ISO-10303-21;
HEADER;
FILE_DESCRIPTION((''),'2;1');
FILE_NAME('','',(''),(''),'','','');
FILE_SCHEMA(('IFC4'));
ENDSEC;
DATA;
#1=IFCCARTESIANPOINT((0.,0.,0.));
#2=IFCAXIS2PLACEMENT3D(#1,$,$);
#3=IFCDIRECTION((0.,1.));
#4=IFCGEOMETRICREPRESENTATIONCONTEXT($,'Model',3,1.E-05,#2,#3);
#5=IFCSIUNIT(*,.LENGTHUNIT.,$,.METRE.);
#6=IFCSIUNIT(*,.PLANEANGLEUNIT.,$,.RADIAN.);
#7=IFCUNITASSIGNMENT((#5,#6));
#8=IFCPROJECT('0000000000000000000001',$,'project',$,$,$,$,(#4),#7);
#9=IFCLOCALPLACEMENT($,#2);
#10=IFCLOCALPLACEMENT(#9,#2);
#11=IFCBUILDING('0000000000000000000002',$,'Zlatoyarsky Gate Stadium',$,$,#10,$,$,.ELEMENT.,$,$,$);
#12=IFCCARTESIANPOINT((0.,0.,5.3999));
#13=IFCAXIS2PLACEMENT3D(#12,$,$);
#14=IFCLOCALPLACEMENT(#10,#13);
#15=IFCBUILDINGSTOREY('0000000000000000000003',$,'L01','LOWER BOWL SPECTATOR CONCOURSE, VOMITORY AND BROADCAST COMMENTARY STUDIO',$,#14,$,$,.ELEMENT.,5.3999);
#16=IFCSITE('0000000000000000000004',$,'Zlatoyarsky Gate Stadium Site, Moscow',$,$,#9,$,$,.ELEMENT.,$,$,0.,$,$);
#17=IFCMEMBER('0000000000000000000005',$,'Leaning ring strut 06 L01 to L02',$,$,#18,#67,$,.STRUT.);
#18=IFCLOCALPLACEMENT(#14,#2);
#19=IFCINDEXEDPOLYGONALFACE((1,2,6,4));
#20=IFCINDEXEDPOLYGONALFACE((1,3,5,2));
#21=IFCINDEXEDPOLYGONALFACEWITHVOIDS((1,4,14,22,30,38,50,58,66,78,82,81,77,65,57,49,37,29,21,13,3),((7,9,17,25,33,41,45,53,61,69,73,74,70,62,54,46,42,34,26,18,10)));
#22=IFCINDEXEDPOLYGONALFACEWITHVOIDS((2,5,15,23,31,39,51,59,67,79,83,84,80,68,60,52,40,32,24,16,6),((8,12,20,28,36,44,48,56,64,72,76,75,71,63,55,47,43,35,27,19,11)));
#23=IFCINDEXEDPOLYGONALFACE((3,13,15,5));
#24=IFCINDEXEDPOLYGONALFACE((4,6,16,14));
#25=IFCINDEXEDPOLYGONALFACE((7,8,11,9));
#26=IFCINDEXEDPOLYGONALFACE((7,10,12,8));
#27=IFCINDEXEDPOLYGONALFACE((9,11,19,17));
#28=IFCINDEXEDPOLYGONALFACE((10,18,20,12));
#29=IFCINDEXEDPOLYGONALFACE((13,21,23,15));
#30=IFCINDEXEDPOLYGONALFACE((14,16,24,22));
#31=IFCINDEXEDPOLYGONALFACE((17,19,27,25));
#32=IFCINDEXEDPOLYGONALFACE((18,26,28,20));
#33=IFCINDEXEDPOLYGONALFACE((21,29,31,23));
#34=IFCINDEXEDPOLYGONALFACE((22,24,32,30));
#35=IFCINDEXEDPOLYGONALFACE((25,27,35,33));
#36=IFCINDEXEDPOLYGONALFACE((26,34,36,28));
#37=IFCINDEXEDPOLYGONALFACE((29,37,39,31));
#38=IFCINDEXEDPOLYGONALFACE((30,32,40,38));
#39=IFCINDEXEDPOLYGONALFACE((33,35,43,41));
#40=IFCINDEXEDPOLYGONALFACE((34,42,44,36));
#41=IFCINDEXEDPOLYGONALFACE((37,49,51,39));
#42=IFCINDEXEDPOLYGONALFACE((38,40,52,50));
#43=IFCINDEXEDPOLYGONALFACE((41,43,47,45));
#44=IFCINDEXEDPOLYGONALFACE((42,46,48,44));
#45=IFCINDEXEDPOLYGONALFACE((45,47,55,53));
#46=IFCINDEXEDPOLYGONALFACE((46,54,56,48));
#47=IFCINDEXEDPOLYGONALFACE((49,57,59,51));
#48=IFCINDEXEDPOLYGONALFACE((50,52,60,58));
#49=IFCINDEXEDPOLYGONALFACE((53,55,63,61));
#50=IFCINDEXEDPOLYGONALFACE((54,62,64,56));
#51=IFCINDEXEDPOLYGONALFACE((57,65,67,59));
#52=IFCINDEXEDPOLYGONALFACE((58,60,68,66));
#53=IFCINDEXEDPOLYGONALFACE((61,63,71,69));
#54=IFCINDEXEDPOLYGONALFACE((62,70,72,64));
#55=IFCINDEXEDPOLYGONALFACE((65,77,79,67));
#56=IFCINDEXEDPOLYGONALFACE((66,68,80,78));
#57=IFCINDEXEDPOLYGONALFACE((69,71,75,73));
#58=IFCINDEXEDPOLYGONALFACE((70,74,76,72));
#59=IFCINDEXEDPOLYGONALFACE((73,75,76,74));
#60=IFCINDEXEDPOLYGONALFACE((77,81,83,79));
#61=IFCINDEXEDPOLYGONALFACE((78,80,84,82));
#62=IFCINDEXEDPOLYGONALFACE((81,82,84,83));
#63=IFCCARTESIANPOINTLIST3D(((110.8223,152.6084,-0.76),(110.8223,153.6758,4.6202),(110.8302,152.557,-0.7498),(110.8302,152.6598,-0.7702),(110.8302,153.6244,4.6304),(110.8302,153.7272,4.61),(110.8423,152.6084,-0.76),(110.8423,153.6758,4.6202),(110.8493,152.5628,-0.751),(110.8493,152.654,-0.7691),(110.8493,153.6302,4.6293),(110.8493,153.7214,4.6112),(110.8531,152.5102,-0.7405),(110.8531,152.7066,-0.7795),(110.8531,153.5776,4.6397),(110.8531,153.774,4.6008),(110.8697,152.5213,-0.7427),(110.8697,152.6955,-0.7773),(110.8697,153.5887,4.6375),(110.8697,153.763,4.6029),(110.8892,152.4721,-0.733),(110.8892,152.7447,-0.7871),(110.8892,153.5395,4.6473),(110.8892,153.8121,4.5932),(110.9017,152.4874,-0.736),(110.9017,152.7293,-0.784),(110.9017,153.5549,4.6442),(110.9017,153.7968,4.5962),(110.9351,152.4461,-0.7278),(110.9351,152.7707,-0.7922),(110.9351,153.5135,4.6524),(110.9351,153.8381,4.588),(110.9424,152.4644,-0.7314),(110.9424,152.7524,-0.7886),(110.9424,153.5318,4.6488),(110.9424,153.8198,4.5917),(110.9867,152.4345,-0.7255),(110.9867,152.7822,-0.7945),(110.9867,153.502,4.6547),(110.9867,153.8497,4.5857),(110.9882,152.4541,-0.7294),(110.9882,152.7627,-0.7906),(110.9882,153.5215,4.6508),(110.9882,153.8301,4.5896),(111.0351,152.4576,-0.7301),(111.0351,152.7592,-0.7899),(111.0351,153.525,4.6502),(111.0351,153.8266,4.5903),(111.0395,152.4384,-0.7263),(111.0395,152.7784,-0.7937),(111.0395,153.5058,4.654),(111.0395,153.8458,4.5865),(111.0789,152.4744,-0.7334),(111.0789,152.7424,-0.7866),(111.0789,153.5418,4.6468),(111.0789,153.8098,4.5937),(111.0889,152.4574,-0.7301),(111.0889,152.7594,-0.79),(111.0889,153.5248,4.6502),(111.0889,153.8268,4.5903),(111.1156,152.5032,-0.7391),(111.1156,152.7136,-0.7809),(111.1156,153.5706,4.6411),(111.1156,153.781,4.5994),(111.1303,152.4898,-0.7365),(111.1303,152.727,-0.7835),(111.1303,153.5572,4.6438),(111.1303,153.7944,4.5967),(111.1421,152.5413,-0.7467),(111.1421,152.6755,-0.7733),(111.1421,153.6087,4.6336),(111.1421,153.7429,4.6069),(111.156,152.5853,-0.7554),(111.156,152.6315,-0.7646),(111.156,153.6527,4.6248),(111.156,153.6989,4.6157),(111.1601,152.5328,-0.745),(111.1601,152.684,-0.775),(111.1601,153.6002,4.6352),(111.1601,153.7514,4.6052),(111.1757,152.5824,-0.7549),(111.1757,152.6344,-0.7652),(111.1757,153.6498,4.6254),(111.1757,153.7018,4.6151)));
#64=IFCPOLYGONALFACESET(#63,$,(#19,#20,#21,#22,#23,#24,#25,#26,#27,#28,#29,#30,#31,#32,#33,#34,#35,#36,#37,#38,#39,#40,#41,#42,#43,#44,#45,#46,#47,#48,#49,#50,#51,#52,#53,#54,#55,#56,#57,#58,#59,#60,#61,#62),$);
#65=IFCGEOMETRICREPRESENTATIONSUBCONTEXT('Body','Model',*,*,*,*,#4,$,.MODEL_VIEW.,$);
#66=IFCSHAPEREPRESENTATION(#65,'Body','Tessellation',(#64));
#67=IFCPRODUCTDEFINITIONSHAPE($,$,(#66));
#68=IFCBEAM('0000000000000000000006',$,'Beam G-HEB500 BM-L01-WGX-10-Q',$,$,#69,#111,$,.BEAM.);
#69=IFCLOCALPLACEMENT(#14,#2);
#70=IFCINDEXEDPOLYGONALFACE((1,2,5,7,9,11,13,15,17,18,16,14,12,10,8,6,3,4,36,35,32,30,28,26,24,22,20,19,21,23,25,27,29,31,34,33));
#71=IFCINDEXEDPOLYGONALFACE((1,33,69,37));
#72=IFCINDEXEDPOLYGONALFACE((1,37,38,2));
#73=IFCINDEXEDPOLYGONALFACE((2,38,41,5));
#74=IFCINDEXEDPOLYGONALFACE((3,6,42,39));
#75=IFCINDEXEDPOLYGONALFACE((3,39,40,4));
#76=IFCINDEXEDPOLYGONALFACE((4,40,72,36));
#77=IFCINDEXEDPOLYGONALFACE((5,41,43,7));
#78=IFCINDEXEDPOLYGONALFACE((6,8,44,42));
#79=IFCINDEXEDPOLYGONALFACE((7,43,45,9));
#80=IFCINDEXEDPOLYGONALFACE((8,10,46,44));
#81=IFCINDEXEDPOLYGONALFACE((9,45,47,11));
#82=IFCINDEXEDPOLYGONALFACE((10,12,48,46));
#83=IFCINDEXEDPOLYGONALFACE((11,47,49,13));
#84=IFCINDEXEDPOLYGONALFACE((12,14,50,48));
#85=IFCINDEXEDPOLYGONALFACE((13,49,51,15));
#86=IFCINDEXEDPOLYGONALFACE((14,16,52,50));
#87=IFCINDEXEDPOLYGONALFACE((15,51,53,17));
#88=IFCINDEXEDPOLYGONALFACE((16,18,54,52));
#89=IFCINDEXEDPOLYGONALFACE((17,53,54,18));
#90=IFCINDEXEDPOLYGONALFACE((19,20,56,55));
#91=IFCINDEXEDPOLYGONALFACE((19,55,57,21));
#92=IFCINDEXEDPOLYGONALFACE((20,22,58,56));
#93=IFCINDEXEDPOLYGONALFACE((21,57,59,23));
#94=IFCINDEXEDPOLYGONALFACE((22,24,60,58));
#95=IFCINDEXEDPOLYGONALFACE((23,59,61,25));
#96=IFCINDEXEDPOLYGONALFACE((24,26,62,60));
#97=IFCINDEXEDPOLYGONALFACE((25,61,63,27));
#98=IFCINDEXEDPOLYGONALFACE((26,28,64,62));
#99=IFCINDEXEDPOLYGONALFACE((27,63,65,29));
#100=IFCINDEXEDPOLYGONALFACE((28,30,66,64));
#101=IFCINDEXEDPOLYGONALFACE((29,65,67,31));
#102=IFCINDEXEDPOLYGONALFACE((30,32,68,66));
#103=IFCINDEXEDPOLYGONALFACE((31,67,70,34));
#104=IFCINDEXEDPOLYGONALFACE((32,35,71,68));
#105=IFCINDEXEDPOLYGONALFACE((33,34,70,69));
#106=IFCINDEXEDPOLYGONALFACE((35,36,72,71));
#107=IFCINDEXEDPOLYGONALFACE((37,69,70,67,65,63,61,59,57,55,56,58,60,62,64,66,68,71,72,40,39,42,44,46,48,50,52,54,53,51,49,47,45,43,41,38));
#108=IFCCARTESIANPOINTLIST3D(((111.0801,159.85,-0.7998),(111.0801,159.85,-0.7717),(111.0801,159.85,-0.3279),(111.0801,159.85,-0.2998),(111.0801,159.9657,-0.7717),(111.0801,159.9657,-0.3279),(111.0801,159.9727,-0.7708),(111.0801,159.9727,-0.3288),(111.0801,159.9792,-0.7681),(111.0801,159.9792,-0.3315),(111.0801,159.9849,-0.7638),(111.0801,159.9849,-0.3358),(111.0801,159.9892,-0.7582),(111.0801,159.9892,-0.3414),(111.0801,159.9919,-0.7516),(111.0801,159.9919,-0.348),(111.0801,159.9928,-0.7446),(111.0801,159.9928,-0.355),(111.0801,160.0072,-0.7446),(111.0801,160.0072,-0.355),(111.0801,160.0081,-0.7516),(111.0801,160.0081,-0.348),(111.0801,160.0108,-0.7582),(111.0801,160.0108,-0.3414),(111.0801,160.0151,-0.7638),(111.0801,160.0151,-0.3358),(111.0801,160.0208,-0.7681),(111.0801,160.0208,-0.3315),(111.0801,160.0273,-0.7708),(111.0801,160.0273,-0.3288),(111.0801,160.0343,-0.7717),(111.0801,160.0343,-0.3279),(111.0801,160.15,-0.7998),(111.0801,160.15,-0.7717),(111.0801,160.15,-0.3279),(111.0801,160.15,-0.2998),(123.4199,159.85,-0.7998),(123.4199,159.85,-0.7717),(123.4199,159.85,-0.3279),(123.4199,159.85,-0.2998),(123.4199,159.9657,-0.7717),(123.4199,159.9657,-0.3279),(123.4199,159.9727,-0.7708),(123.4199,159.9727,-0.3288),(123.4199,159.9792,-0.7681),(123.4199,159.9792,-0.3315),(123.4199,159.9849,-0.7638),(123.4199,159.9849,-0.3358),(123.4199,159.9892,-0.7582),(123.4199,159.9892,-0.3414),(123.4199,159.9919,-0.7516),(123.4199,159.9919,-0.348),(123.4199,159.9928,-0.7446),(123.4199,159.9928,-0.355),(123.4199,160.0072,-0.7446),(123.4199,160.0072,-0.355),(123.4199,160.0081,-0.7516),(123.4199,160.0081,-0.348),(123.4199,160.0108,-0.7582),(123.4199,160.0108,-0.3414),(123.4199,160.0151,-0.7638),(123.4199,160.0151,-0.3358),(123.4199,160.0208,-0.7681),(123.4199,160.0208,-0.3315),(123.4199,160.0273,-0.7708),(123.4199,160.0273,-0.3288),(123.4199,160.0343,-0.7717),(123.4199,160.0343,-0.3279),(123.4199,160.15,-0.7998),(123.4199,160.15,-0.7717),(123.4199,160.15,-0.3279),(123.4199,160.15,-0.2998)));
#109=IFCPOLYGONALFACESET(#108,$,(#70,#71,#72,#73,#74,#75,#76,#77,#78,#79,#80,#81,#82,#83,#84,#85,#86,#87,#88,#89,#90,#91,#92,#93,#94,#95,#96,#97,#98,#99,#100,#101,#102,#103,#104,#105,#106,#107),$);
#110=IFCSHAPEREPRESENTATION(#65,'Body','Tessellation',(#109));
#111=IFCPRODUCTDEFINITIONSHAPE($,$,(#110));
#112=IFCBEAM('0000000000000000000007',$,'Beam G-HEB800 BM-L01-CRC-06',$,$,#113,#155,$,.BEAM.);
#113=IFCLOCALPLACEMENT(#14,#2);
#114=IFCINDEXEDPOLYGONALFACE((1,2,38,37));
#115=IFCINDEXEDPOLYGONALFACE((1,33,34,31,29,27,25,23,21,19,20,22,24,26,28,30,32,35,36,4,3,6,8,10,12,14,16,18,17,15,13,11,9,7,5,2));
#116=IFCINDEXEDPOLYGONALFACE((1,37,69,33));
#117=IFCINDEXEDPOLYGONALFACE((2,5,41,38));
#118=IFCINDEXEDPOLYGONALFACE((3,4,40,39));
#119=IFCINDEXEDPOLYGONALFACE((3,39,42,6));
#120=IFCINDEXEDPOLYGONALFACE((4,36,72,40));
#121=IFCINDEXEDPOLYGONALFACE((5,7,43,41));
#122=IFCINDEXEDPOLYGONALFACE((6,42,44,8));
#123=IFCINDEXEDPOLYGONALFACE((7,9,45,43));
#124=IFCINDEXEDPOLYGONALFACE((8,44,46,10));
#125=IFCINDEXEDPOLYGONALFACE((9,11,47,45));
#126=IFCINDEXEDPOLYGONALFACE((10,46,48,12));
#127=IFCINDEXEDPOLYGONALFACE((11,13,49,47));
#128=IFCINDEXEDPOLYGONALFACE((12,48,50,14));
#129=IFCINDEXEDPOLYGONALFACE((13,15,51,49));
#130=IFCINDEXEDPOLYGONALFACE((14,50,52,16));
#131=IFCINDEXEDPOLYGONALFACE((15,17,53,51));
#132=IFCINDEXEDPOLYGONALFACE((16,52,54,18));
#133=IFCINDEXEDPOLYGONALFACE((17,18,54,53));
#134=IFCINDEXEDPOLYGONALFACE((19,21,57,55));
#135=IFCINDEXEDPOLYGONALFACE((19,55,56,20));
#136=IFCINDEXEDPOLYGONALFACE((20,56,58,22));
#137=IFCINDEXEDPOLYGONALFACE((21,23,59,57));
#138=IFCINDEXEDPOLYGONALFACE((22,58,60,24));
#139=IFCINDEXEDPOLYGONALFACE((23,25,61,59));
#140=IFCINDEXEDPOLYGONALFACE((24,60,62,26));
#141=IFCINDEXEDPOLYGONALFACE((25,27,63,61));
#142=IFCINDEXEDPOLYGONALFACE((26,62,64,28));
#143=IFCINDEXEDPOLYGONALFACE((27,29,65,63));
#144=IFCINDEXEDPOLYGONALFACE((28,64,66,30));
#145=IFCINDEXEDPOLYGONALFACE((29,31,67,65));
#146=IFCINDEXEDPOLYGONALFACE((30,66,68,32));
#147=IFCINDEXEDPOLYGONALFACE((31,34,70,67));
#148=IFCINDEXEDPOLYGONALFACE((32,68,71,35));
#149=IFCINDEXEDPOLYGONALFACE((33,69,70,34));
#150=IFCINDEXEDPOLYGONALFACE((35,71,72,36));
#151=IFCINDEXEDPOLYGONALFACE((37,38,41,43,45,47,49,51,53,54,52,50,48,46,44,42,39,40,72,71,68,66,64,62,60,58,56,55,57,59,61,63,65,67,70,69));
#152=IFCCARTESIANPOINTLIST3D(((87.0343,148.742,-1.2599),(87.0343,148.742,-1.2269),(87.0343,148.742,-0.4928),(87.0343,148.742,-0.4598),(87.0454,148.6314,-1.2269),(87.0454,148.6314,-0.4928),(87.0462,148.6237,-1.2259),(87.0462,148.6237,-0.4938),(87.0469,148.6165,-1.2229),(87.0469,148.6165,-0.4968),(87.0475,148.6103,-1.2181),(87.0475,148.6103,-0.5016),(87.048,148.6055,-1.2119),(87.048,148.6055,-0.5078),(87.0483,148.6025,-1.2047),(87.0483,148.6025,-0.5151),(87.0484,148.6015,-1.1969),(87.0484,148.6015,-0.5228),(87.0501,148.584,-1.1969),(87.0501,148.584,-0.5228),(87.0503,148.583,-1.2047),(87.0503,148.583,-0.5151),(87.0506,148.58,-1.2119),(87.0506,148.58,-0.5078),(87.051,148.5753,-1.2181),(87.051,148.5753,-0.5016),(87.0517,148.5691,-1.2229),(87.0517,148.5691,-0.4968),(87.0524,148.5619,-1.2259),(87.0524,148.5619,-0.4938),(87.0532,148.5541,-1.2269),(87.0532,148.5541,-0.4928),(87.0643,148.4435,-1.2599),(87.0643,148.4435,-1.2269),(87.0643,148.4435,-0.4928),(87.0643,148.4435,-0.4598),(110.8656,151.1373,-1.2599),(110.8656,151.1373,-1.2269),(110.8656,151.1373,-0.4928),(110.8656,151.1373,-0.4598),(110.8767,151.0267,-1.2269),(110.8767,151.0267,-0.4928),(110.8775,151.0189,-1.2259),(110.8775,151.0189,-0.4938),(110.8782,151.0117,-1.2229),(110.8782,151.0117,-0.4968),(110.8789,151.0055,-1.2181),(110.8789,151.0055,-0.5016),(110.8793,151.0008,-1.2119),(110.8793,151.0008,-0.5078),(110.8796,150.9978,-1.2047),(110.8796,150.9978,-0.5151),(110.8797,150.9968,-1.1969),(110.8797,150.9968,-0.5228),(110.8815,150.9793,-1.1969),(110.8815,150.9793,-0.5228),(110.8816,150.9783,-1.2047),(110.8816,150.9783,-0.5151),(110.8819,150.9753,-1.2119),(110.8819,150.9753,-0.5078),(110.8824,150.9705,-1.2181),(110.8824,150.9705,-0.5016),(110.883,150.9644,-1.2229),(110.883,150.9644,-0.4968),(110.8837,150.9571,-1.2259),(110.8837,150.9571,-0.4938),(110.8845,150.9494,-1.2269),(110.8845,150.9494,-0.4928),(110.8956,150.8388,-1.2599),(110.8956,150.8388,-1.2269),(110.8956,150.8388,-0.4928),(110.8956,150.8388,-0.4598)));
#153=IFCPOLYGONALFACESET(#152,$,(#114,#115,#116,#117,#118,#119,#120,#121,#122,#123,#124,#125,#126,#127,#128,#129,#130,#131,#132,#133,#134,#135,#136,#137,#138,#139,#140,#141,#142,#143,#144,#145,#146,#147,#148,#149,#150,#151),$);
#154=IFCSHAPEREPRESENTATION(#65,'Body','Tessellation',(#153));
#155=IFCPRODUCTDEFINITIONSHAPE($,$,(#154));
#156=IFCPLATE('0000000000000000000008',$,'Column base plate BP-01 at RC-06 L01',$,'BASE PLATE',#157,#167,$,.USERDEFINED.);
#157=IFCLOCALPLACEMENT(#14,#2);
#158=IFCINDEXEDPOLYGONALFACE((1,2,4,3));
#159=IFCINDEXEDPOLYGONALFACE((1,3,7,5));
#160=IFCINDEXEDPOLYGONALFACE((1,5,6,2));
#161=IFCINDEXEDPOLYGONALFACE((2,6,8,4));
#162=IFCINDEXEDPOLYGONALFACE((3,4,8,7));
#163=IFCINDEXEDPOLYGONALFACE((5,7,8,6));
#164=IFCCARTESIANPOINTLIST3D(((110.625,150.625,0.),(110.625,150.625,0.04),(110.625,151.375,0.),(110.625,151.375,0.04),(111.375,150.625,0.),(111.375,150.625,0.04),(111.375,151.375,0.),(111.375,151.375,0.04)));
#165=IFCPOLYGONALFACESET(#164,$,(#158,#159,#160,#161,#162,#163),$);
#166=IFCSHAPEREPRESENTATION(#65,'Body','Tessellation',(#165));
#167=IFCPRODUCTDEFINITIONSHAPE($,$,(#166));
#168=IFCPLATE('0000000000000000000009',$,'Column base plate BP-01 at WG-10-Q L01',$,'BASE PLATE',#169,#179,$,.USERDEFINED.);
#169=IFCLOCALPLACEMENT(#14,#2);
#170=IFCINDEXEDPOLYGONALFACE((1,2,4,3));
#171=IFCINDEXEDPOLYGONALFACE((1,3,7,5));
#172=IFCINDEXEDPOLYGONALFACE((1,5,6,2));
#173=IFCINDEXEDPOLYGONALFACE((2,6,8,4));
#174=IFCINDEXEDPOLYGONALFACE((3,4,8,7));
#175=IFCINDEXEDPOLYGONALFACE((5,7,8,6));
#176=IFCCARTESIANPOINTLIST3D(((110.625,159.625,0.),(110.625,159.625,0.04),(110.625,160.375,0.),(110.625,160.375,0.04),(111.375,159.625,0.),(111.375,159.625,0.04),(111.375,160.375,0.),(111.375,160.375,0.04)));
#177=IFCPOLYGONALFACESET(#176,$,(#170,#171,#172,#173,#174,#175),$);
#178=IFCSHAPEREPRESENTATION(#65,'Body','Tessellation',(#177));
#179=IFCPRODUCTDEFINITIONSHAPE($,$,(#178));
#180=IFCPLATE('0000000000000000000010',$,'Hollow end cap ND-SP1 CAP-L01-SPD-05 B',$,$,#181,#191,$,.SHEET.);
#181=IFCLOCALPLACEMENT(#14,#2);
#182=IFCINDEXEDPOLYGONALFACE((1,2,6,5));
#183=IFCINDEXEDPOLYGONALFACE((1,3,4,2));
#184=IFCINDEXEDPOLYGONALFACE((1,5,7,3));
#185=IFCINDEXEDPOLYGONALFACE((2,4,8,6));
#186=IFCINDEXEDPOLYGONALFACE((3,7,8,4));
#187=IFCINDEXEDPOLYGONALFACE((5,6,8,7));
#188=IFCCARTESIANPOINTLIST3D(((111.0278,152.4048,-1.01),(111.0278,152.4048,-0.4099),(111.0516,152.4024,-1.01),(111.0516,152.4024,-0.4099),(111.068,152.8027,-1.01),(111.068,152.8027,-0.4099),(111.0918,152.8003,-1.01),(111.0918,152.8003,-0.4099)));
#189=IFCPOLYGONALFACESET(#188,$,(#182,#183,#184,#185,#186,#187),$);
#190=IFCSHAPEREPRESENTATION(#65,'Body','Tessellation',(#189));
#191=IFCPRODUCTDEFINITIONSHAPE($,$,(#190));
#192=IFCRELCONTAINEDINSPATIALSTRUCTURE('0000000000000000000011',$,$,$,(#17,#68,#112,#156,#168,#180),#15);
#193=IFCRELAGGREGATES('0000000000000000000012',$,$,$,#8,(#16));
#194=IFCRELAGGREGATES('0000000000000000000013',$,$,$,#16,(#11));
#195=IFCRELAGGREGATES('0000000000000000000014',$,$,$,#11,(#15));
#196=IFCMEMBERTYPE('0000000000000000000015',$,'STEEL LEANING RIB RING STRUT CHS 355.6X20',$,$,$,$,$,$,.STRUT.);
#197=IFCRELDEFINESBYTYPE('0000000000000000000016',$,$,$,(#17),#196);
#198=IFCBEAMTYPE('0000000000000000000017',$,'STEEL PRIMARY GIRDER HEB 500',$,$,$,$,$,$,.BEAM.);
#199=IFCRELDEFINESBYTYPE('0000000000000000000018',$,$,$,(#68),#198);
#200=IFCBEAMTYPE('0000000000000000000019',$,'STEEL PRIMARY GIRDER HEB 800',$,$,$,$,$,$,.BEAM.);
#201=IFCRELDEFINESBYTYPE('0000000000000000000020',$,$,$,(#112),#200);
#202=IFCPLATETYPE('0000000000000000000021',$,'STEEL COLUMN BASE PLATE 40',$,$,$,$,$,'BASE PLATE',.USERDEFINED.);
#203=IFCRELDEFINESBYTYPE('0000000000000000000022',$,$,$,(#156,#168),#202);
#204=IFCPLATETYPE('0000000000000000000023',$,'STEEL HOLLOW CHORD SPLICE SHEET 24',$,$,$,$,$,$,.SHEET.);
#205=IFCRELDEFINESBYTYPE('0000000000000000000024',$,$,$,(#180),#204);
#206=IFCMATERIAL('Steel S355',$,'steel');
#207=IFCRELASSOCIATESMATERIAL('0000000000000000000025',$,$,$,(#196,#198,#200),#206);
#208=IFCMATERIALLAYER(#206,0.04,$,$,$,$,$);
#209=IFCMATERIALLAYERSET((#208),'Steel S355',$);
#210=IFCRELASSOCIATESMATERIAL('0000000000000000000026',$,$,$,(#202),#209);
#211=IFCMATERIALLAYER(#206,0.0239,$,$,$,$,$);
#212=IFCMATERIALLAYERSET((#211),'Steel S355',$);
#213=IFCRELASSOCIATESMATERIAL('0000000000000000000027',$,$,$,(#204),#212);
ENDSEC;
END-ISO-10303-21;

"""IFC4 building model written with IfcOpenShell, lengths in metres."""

from ifc_helpers import new_model, si_unit, direction, frame, origin, origin_2d, place, context, subcontext, project, spatial, rectangle, hollow_circle, i_section, extrude, material, layer, layer_set, material_profile, profile_set, type_object, element, save


model = new_model("IFC4")

# Units and contexts
model_context = context("Model", 3, precision=1e-05, world=origin(), true_north=direction((0.0, 1.0)))
body_context = subcontext(model_context, "Body", "Model", "MODEL_VIEW")
ifc_project = project(units=[si_unit("LENGTHUNIT", "METRE"), si_unit("PLANEANGLEUNIT", "RADIAN")], contexts=[model_context])

# Site, building, storey
site_placement = place(None, origin())
site = spatial("IfcSite", under=ifc_project, at=site_placement, Name="Zlatoyarsky Gate Stadium Site, Moscow", CompositionType="ELEMENT", RefElevation=0.0)
building_placement = place(site_placement, origin())
building = spatial("IfcBuilding", under=site, at=building_placement, Name="Zlatoyarsky Gate Stadium", CompositionType="ELEMENT")
storey_placement = place(building_placement, frame((0.0, 0.0, 5.3999)))
storey = spatial("IfcBuildingStorey", under=building, at=storey_placement, Name="L01", Description="LOWER BOWL SPECTATOR CONCOURSE, VOMITORY AND BROADCAST COMMENTARY STUDIO", CompositionType="ELEMENT", Elevation=5.3999)

# Shared definitions
ifc_material_1 = material(Name="Steel S355", Category="steel")

# Member
ifc_material_profile_1 = material_profile(ifc_material_1, hollow_circle(Radius=0.1777, WallThickness=0.02, at=origin_2d()), Name="CHS 355.6X20")
ifc_profile_set_1 = profile_set([ifc_material_profile_1], Name="Steel S355")
member_type_1 = type_object("IfcMemberType", Name="STEEL LEANING RIB RING STRUT CHS 355.6X20", PredefinedType="STRUT", material=ifc_profile_set_1)
member_1_placement = place(storey_placement, frame((111.0, 152.6084, -0.76), z_axis=(0.0, 0.194601, 0.980883), x_axis=(-1.0, 0.0, 0.0)))
element("IfcMember", 1, at=member_1_placement, inside=storey, type_object=member_type_1, Name="Leaning ring strut 06 L01 to L02", PredefinedType="STRUT", context=body_context, shape_type="SweptSolid", body=[
    extrude(hollow_circle(Radius=0.1777, WallThickness=0.02, at=origin_2d()), origin(), (0.0, 0.0, 1.0), 5.4851),
])

# Beams
ifc_material_profile_2 = material_profile(ifc_material_1, i_section(OverallWidth=0.3, OverallDepth=0.5, WebThickness=0.0144, FlangeThickness=0.0281, FilletRadius=0.0271, at=origin_2d()), Name="HEB 500")
ifc_profile_set_2 = profile_set([ifc_material_profile_2], Name="Steel S355")
beam_type_1 = type_object("IfcBeamType", Name="STEEL PRIMARY GIRDER HEB 500", PredefinedType="BEAM", material=ifc_profile_set_2)
beam_1_placement = place(storey_placement, frame((111.0801, 160.0, -0.5498), z_axis=(1.0, 0.0, 0.0), x_axis=(0.0, 1.0, 0.0)))
element("IfcBeam", 2, at=beam_1_placement, inside=storey, type_object=beam_type_1, Name="Beam G-HEB500 BM-L01-WGX-10-Q", PredefinedType="BEAM", context=body_context, shape_type="SweptSolid", body=[
    extrude(i_section(OverallWidth=0.3, OverallDepth=0.5, WebThickness=0.0144, FlangeThickness=0.0281, FilletRadius=0.0271, at=origin_2d()), origin(), (0.0, 0.0, 1.0), 12.3398),
])
ifc_material_profile_3 = material_profile(ifc_material_1, i_section(OverallWidth=0.3, OverallDepth=0.8, WebThickness=0.0176, FlangeThickness=0.033, FilletRadius=0.03, at=origin_2d()), Name="HEB 800")
ifc_profile_set_3 = profile_set([ifc_material_profile_3], Name="Steel S355")
beam_type_2 = type_object("IfcBeamType", Name="STEEL PRIMARY GIRDER HEB 800", PredefinedType="BEAM", material=ifc_profile_set_3)
beam_2_placement = place(storey_placement, frame((110.8806, 150.988, -0.8599), z_axis=(-0.994987, -0.100005, 0.0), x_axis=(0.100005, -0.994987, 0.0)))
element("IfcBeam", 3, at=beam_2_placement, inside=storey, type_object=beam_type_2, Name="Beam G-HEB800 BM-L01-CRC-06", PredefinedType="BEAM", context=body_context, shape_type="SweptSolid", body=[
    extrude(i_section(OverallWidth=0.3, OverallDepth=0.8, WebThickness=0.0176, FlangeThickness=0.033, FilletRadius=0.03, at=origin_2d()), origin(), (0.0, 0.0, 1.0), 23.9514),
])

# Plates
ifc_layer_1 = layer(ifc_material_1, 0.04)
ifc_layer_set_1 = layer_set([ifc_layer_1], Name="Steel S355")
plate_type_1 = type_object("IfcPlateType", Name="STEEL COLUMN BASE PLATE 40", ElementType="BASE PLATE", PredefinedType="USERDEFINED", material=ifc_layer_set_1)
for number, where, z_axis, x_axis, name in (
    (4, (111.0, 151.0, 0.0), (0.0, 0.0, 1.0), (1.0, 0.0, 0.0), "Column base plate BP-01 at RC-06 L01"),
    (5, (111.0, 160.0, 0.0), (0.0, 0.0, 1.0), (1.0, 0.0, 0.0), "Column base plate BP-01 at WG-10-Q L01"),
):
    element("IfcPlate", number, at=place(storey_placement, frame(where, z_axis=z_axis, x_axis=x_axis)), inside=storey, type_object=plate_type_1, Name=name, ObjectType="BASE PLATE", PredefinedType="USERDEFINED", context=body_context, shape_type="SweptSolid", body=[
        extrude(rectangle(XDim=0.75, YDim=0.75, at=origin_2d()), origin(), (0.0, 0.0, 1.0), 0.04),
    ])
ifc_layer_2 = layer(ifc_material_1, 0.0239)
ifc_layer_set_2 = layer_set([ifc_layer_2], Name="Steel S355")
plate_type_2 = type_object("IfcPlateType", Name="STEEL HOLLOW CHORD SPLICE SHEET 24", PredefinedType="SHEET", material=ifc_layer_set_2)
plate_1_placement = place(storey_placement, frame((111.0598, 152.6025, -1.01), z_axis=(0.0, 0.0, 1.0), x_axis=(-0.994934, 0.100528, 0.0)))
element("IfcPlate", 6, at=plate_1_placement, inside=storey, type_object=plate_type_2, Name="Hollow end cap ND-SP1 CAP-L01-SPD-05 B", PredefinedType="SHEET", context=body_context, shape_type="SweptSolid", body=[
    extrude(rectangle(XDim=0.0239, YDim=0.3999, at=origin_2d()), origin(), (0.0, 0.0, 1.0), 0.6001),
])

save(model, "model.ifc")
